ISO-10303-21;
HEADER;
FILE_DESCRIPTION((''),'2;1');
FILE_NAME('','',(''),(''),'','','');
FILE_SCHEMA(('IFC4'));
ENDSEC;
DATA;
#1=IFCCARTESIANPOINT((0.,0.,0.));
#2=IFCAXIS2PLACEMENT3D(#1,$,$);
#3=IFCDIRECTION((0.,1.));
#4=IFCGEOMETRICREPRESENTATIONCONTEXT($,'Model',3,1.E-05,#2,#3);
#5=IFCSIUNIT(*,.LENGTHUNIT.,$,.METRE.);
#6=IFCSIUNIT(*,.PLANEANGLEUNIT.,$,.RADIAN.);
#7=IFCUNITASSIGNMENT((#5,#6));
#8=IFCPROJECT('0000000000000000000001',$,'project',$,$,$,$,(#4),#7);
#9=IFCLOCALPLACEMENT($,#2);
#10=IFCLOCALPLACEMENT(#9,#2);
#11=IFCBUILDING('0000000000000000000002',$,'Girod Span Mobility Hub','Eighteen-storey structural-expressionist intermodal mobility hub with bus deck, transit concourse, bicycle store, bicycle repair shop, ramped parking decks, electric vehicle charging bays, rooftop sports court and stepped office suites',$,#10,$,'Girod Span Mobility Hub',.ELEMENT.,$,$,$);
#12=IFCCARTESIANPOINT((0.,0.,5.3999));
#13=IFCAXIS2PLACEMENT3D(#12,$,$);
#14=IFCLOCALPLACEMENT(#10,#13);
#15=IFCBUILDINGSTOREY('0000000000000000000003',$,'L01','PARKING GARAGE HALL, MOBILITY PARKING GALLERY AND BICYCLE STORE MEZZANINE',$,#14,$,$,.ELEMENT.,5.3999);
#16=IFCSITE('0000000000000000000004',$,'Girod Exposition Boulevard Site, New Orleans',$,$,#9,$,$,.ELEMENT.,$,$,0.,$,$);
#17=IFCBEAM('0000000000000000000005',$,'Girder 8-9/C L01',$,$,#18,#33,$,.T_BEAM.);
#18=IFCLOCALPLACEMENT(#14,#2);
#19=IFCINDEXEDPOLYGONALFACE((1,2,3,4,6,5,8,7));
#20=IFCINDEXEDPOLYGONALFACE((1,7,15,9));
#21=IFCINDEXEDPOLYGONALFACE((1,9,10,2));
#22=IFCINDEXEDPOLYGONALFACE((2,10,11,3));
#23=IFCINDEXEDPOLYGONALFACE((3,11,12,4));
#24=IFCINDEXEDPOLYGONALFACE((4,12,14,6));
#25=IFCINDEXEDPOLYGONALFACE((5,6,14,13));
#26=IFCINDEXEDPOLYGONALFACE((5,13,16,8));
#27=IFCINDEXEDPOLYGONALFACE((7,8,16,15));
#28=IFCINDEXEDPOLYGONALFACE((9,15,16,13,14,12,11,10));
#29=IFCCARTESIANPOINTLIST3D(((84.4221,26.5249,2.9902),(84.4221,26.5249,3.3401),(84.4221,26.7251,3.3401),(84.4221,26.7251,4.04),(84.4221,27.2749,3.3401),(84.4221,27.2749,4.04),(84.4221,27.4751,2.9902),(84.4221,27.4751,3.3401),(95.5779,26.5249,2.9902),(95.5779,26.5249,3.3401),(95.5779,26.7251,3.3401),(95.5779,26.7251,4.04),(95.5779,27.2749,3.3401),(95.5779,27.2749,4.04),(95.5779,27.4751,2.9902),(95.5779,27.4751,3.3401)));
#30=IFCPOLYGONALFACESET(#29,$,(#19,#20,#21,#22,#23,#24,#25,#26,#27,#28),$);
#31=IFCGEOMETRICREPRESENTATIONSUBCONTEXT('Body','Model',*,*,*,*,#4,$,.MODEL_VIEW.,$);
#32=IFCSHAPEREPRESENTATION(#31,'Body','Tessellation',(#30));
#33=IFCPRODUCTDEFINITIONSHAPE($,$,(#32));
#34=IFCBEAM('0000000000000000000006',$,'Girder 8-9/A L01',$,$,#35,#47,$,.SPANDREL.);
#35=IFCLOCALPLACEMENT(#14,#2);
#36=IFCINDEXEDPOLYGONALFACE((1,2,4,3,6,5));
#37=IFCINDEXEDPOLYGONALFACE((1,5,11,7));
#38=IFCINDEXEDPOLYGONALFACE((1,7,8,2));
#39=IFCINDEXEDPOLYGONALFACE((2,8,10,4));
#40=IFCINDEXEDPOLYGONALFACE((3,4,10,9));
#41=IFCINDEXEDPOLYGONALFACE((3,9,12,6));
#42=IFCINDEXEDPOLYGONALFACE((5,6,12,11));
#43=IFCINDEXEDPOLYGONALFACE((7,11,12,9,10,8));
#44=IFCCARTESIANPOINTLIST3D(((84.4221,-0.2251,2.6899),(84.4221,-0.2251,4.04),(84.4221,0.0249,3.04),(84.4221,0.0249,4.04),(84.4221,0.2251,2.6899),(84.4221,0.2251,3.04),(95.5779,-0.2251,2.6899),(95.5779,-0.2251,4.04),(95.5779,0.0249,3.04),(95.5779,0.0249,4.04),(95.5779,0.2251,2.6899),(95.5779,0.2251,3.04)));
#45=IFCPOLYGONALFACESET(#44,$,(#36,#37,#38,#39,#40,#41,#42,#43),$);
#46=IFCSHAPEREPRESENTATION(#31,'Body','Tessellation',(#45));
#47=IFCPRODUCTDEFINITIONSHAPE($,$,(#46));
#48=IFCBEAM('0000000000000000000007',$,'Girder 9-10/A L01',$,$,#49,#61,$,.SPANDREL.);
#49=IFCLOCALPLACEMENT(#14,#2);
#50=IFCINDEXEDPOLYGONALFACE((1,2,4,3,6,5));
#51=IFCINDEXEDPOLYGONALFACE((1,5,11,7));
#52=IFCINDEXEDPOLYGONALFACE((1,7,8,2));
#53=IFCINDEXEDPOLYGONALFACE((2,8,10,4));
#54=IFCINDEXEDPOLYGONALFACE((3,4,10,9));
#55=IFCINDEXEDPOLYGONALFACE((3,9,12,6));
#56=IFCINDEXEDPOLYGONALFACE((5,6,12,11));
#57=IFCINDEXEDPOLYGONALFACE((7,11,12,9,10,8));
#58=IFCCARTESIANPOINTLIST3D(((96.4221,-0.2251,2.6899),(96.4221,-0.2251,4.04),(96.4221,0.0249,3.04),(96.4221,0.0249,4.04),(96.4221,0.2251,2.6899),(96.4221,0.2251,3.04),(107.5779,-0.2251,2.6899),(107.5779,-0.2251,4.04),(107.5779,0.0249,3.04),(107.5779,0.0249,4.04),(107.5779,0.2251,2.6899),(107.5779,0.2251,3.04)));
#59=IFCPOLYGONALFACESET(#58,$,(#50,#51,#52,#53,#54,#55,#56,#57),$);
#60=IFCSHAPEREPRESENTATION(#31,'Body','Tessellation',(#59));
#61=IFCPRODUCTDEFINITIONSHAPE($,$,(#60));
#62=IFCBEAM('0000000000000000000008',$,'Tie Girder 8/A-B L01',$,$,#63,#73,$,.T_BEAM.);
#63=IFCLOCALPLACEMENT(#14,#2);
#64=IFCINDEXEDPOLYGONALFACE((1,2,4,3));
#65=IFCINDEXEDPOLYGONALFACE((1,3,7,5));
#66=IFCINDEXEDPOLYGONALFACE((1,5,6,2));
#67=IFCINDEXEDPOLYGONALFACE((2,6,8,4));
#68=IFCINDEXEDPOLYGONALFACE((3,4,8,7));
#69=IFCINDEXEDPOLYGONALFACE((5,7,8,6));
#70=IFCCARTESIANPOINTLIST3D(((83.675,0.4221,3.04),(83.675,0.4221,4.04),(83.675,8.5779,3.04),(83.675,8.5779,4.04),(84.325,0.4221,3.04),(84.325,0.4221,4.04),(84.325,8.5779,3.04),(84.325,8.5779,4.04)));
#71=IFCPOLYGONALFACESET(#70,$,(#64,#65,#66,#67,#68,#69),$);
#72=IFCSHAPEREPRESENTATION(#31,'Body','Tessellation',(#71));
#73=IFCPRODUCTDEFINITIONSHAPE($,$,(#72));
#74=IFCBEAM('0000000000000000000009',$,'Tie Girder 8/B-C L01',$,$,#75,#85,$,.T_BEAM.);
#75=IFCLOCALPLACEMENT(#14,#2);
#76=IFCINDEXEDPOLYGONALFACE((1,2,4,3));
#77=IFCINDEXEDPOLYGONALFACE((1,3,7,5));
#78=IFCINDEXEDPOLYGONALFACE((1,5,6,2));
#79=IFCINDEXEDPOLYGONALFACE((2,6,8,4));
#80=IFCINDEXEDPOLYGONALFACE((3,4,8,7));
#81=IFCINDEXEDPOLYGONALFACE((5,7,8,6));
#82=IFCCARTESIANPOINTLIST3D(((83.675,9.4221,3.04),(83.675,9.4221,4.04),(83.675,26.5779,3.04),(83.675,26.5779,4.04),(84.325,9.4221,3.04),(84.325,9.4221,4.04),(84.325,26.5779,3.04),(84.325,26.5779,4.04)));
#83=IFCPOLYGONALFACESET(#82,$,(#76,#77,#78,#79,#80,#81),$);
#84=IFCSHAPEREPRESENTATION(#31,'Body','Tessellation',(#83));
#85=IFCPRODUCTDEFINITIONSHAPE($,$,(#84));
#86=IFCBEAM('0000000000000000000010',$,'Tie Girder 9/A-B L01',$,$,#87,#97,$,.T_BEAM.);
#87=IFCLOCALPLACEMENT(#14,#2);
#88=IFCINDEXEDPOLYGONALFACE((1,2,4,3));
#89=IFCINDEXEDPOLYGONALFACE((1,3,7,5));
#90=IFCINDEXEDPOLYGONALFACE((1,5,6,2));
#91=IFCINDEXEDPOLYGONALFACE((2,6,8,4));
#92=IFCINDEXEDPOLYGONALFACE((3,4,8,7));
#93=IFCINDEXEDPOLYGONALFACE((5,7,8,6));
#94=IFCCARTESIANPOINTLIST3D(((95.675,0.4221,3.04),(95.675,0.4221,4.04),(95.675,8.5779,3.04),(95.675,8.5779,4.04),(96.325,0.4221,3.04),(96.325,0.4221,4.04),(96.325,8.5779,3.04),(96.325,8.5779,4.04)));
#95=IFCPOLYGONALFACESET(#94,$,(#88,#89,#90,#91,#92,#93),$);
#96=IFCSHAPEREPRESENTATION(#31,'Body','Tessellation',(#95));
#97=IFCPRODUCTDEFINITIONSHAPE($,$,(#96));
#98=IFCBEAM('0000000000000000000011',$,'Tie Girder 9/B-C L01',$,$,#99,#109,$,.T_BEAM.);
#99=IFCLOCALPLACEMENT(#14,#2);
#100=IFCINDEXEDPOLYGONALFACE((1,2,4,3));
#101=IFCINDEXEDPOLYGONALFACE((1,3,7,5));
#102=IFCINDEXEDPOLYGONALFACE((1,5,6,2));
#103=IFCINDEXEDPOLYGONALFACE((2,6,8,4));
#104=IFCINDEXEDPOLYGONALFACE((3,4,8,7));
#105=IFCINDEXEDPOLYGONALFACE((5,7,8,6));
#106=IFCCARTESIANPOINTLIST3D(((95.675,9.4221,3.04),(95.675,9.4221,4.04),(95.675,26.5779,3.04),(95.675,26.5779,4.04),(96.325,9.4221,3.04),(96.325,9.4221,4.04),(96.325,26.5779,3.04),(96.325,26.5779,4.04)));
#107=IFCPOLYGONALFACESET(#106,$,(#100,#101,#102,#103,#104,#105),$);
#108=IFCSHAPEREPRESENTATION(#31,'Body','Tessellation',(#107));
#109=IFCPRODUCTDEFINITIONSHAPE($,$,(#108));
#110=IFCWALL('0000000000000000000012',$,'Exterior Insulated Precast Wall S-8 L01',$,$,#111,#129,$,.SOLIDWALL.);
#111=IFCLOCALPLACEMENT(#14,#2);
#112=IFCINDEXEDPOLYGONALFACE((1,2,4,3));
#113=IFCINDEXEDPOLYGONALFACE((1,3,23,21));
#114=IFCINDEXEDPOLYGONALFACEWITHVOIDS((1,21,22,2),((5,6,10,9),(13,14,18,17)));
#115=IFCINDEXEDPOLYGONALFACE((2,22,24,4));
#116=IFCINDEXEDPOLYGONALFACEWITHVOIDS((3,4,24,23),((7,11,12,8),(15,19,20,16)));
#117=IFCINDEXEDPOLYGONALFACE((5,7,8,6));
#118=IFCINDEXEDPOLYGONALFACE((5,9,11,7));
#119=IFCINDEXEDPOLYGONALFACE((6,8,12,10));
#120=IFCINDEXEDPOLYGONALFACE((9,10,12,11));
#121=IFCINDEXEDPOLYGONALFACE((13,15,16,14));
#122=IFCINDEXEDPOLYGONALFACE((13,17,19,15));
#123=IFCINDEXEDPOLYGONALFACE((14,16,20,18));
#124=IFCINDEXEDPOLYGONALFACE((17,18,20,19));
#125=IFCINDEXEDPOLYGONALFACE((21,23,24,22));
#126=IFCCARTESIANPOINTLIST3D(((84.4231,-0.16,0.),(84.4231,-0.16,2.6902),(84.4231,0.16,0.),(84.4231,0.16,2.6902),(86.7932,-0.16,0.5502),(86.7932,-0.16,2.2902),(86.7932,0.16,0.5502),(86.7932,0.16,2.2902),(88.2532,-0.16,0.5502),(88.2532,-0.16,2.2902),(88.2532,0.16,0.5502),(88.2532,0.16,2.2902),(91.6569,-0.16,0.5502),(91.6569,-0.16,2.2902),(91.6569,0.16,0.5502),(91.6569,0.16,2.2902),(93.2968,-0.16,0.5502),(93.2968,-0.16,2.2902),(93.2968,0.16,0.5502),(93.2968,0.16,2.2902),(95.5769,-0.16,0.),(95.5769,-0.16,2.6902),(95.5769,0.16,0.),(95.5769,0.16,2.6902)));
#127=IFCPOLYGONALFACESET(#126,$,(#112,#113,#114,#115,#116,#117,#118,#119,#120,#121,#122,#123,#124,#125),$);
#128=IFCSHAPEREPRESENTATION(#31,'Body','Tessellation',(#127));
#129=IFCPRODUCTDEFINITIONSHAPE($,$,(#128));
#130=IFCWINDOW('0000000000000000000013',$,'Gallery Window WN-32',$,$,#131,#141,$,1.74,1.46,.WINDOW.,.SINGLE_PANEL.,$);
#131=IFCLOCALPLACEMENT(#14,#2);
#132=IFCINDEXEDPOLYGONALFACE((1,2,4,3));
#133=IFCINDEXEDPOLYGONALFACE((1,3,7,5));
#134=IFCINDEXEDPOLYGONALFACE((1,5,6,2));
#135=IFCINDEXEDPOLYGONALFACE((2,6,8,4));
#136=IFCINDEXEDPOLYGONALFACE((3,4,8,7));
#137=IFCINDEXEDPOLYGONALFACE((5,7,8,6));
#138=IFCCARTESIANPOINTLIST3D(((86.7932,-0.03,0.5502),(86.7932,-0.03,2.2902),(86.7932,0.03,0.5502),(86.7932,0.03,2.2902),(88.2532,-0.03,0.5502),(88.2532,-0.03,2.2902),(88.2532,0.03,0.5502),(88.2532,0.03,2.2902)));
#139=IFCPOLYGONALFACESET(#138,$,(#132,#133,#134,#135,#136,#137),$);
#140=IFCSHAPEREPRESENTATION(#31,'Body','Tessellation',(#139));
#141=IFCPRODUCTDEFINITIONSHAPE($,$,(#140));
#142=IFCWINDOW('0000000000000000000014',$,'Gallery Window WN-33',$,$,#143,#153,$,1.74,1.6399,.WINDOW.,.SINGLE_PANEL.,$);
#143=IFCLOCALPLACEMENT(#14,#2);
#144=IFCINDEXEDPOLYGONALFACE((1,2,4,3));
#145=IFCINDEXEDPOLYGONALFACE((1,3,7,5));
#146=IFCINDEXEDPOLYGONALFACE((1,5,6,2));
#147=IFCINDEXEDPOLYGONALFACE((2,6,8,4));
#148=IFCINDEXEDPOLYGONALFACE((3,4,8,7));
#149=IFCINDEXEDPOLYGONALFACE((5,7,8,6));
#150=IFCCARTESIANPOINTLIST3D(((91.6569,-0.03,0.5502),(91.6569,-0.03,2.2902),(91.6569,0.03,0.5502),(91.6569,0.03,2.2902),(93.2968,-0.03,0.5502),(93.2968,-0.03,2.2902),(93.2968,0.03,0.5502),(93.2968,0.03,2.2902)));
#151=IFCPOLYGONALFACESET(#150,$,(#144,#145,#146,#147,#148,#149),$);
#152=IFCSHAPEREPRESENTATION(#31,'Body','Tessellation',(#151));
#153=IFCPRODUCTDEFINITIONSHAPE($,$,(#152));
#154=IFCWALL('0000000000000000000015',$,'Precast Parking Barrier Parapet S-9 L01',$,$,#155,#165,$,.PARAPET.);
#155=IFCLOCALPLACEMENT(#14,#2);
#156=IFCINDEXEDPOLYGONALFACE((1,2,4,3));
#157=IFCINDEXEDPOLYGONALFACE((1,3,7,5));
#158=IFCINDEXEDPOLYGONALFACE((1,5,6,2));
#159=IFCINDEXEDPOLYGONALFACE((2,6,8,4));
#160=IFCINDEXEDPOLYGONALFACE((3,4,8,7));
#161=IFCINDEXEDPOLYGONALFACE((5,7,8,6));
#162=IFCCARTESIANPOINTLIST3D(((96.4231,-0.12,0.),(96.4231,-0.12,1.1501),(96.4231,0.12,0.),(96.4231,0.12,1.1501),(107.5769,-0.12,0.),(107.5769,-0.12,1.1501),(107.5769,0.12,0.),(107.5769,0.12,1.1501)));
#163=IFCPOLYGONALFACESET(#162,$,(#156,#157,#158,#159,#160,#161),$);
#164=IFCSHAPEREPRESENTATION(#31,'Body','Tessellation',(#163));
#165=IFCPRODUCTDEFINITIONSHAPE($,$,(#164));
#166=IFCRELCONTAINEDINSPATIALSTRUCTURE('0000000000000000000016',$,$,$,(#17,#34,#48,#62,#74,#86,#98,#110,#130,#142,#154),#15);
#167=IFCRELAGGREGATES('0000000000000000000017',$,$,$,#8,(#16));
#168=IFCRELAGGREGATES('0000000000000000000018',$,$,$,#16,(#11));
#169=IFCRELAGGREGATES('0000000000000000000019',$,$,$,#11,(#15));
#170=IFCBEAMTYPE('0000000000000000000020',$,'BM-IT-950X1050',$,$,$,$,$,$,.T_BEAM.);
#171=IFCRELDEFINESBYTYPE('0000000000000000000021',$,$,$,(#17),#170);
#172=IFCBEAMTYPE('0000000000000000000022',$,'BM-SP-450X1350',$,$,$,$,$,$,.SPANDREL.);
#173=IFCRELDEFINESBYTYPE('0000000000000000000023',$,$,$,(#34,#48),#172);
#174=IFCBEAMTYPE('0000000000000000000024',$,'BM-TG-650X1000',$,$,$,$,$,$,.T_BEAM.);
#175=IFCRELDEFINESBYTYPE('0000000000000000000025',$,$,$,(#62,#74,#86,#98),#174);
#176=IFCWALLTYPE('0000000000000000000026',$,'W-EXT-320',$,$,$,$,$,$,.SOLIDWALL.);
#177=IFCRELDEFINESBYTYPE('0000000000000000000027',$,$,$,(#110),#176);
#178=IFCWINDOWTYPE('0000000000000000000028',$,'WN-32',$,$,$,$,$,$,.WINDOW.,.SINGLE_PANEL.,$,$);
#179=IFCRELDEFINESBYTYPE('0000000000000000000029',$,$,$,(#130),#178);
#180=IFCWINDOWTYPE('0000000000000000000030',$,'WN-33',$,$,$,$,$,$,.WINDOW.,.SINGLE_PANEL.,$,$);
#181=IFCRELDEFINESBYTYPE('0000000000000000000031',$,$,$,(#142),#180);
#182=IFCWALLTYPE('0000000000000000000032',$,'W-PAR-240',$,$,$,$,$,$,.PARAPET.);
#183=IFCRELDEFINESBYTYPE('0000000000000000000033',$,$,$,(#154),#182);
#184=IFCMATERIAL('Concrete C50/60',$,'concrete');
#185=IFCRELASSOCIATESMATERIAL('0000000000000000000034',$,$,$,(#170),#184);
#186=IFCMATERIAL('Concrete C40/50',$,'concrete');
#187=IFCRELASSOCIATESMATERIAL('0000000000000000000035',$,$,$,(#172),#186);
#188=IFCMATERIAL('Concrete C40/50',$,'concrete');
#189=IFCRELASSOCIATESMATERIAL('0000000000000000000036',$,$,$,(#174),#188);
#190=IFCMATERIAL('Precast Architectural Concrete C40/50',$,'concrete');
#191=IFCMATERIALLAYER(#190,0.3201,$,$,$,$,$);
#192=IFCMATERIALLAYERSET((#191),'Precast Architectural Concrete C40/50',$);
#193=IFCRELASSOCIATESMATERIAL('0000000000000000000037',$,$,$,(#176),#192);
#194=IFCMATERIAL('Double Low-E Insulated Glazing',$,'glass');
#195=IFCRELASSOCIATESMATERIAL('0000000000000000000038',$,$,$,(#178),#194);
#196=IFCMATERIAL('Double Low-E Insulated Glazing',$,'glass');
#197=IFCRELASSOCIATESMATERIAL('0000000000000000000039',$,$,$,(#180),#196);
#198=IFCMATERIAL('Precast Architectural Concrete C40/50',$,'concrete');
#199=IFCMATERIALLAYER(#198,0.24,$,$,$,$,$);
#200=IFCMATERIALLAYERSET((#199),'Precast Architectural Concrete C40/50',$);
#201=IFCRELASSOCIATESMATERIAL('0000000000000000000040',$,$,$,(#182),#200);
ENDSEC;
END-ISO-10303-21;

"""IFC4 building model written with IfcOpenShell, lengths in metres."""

from ifc_helpers import new_model, si_unit, direction, frame, frame_2d, origin, origin_2d, place, context, subcontext, project, spatial, polyline, rectangle, outline, extrude, material, layer, layer_set, material_profile, profile_set, type_object, element, fill, save


model = new_model("IFC4")

# Units and contexts
model_context = context("Model", 3, precision=1e-05, world=origin(), true_north=direction((0.0, 1.0)))
body_context = subcontext(model_context, "Body", "Model", "MODEL_VIEW")
ifc_project = project(units=[si_unit("LENGTHUNIT", "METRE"), si_unit("PLANEANGLEUNIT", "RADIAN")], contexts=[model_context])

# Site, building, storey
site_placement = place(None, origin())
site = spatial("IfcSite", under=ifc_project, at=site_placement, Name="Girod Exposition Boulevard Site, New Orleans", CompositionType="ELEMENT", RefElevation=0.0)
building_placement = place(site_placement, origin())
building = spatial("IfcBuilding", under=site, at=building_placement, Name="Girod Span Mobility Hub", Description="Eighteen-storey structural-expressionist intermodal mobility hub with bus deck, transit concourse, bicycle store, bicycle repair shop, ramped parking decks, electric vehicle charging bays, rooftop sports court and stepped office suites", LongName="Girod Span Mobility Hub", CompositionType="ELEMENT")
storey_placement = place(building_placement, frame((0.0, 0.0, 5.3999)))
storey = spatial("IfcBuildingStorey", under=building, at=storey_placement, Name="L01", Description="PARKING GARAGE HALL, MOBILITY PARKING GALLERY AND BICYCLE STORE MEZZANINE", CompositionType="ELEMENT", Elevation=5.3999)

# Beams
ifc_material_1 = material(Name="Concrete C50/60", Category="concrete")
ifc_material_profile_1 = material_profile(ifc_material_1, outline(polyline([(-0.4751, -0.5249), (0.4751, -0.5249), (0.4751, -0.175), (0.2749, -0.175), (0.2749, 0.5249), (-0.2749, 0.5249), (-0.2749, -0.175), (-0.4751, -0.175), (-0.4751, -0.5249)])), Name="IT-950X1050")
ifc_profile_set_1 = profile_set([ifc_material_profile_1], Name="Concrete C50/60")
beam_type_1 = type_object("IfcBeamType", Name="BM-IT-950X1050", PredefinedType="T_BEAM", material=ifc_profile_set_1)
for number, where, z_axis, x_axis, name in (
    (1, (84.4221, 27.0, 3.5151), (1.0, 0.0, 0.0), (0.0, 1.0, 0.0), "Girder 8-9/C L01"),
):
    element("IfcBeam", number, at=place(storey_placement, frame(where, z_axis=z_axis, x_axis=x_axis)), inside=storey, type_object=beam_type_1, Name=name, PredefinedType="T_BEAM", context=body_context, shape_type="SweptSolid", body=[
        extrude(outline(polyline([(-0.4751, -0.5249), (0.4751, -0.5249), (0.4751, -0.175), (0.2749, -0.175), (0.2749, 0.5249), (-0.2749, 0.5249), (-0.2749, -0.175), (-0.4751, -0.175), (-0.4751, -0.5249)])), origin(), (0.0, 0.0, 1.0), 11.1558),
    ])
ifc_material_2 = material(Name="Concrete C40/50", Category="concrete")
ifc_material_profile_2 = material_profile(ifc_material_2, outline(polyline([(-0.2251, -0.675), (0.2251, -0.675), (0.2251, -0.325), (0.0249, -0.325), (0.0249, 0.675), (-0.2251, 0.675), (-0.2251, -0.675)])), Name="SP-450X1350")
ifc_profile_set_2 = profile_set([ifc_material_profile_2], Name="Concrete C40/50")
beam_type_2 = type_object("IfcBeamType", Name="BM-SP-450X1350", PredefinedType="SPANDREL", material=ifc_profile_set_2)
for number, where, z_axis, x_axis, name in (
    (2, (84.4221, 0.0, 3.365), (1.0, 0.0, 0.0), (0.0, 1.0, 0.0), "Girder 8-9/A L01"),
    (3, (96.4221, 0.0, 3.365), (1.0, 0.0, 0.0), (0.0, 1.0, 0.0), "Girder 9-10/A L01"),
):
    element("IfcBeam", number, at=place(storey_placement, frame(where, z_axis=z_axis, x_axis=x_axis)), inside=storey, type_object=beam_type_2, Name=name, PredefinedType="SPANDREL", context=body_context, shape_type="SweptSolid", body=[
        extrude(outline(polyline([(-0.2251, -0.675), (0.2251, -0.675), (0.2251, -0.325), (0.0249, -0.325), (0.0249, 0.675), (-0.2251, 0.675), (-0.2251, -0.675)])), origin(), (0.0, 0.0, 1.0), 11.1558),
    ])
ifc_material_3 = material(Name="Concrete C40/50", Category="concrete")
ifc_material_profile_3 = material_profile(ifc_material_3, rectangle(XDim=0.6499, YDim=1.0, at=origin_2d()), Name="TG-650X1000")
ifc_profile_set_3 = profile_set([ifc_material_profile_3], Name="Concrete C40/50")
beam_type_3 = type_object("IfcBeamType", Name="BM-TG-650X1000", PredefinedType="T_BEAM", material=ifc_profile_set_3)
beam_1_placement = place(storey_placement, frame((84.0, 0.4221, 3.54), z_axis=(0.0, 1.0, 0.0), x_axis=(-1.0, 0.0, 0.0)))
element("IfcBeam", 4, at=beam_1_placement, inside=storey, type_object=beam_type_3, Name="Tie Girder 8/A-B L01", PredefinedType="T_BEAM", context=body_context, shape_type="SweptSolid", body=[
    extrude(rectangle(XDim=0.6499, YDim=1.0, at=origin_2d()), origin(), (0.0, 0.0, 1.0), 8.1558),
])
beam_2_placement = place(storey_placement, frame((84.0, 9.4221, 3.54), z_axis=(0.0, 1.0, 0.0), x_axis=(-1.0, 0.0, 0.0)))
element("IfcBeam", 5, at=beam_2_placement, inside=storey, type_object=beam_type_3, Name="Tie Girder 8/B-C L01", PredefinedType="T_BEAM", context=body_context, shape_type="SweptSolid", body=[
    extrude(rectangle(XDim=0.6499, YDim=1.0, at=origin_2d()), origin(), (0.0, 0.0, 1.0), 17.1558),
])
beam_3_placement = place(storey_placement, frame((96.0, 0.4221, 3.54), z_axis=(0.0, 1.0, 0.0), x_axis=(-1.0, 0.0, 0.0)))
element("IfcBeam", 6, at=beam_3_placement, inside=storey, type_object=beam_type_3, Name="Tie Girder 9/A-B L01", PredefinedType="T_BEAM", context=body_context, shape_type="SweptSolid", body=[
    extrude(rectangle(XDim=0.6499, YDim=1.0, at=origin_2d()), origin(), (0.0, 0.0, 1.0), 8.1558),
])
beam_4_placement = place(storey_placement, frame((96.0, 9.4221, 3.54), z_axis=(0.0, 1.0, 0.0), x_axis=(-1.0, 0.0, 0.0)))
element("IfcBeam", 7, at=beam_4_placement, inside=storey, type_object=beam_type_3, Name="Tie Girder 9/B-C L01", PredefinedType="T_BEAM", context=body_context, shape_type="SweptSolid", body=[
    extrude(rectangle(XDim=0.6499, YDim=1.0, at=origin_2d()), origin(), (0.0, 0.0, 1.0), 17.1558),
])

# Wall, openings, windows
ifc_material_4 = material(Name="Precast Architectural Concrete C40/50", Category="concrete")
ifc_layer_1 = layer(ifc_material_4, 0.3201)
ifc_layer_set_1 = layer_set([ifc_layer_1], Name="Precast Architectural Concrete C40/50")
wall_type_1 = type_object("IfcWallType", Name="W-EXT-320", PredefinedType="SOLIDWALL", material=ifc_layer_set_1)
wall_1_placement = place(storey_placement, frame((84.4231, 0.0, 0.0), z_axis=(0.0, 0.0, 1.0), x_axis=(1.0, 0.0, 0.0)))
wall_1 = element("IfcWall", 8, at=wall_1_placement, inside=storey, type_object=wall_type_1, Name="Exterior Insulated Precast Wall S-8 L01", PredefinedType="SOLIDWALL", context=body_context, shape_type="SweptSolid", body=[
    extrude(rectangle(XDim=11.1538, YDim=0.3201, at=frame_2d((5.5769, 0.0))), origin(), (0.0, 0.0, 1.0), 2.6902),
])
opening_1_placement = place(wall_1_placement, frame((2.3701, 0.0, 0.55)))
opening_1 = element("IfcOpeningElement", 9, at=opening_1_placement, cuts=wall_1, PredefinedType="OPENING", context=body_context, shape_type="SweptSolid", body=[
    extrude(rectangle(XDim=1.46, YDim=1.74, at=frame_2d((0.73, 0.8701))), frame((0.0, 0.175, 0.0), z_axis=(0.0, -1.0, 0.0), x_axis=(1.0, 0.0, 0.0)), (0.0, 0.0, 1.0), 0.3501),
])
opening_2_placement = place(wall_1_placement, frame((7.2339, 0.0, 0.55)))
opening_2 = element("IfcOpeningElement", 10, at=opening_2_placement, cuts=wall_1, PredefinedType="OPENING", context=body_context, shape_type="SweptSolid", body=[
    extrude(rectangle(XDim=1.6399, YDim=1.74, at=frame_2d((0.8198, 0.8701))), frame((0.0, 0.175, 0.0), z_axis=(0.0, -1.0, 0.0), x_axis=(1.0, 0.0, 0.0)), (0.0, 0.0, 1.0), 0.3501),
])
ifc_material_5 = material(Name="Double Low-E Insulated Glazing", Category="glass")
window_type_1 = type_object("IfcWindowType", Name="WN-32", PartitioningType="SINGLE_PANEL", PredefinedType="WINDOW", material=ifc_material_5)
window_1_placement = place(opening_1_placement, origin())
window_1 = element("IfcWindow", 11, at=window_1_placement, inside=storey, type_object=window_type_1, Name="Gallery Window WN-32", OverallHeight=1.74, OverallWidth=1.46, PartitioningType="SINGLE_PANEL", PredefinedType="WINDOW", context=body_context, shape_type="SweptSolid", body=[
    extrude(rectangle(XDim=1.46, YDim=1.74, at=frame_2d((0.73, 0.8701))), frame((0.0, 0.03, 0.0), z_axis=(0.0, -1.0, 0.0), x_axis=(1.0, 0.0, 0.0)), (0.0, 0.0, 1.0), 0.0601),
])
fill(opening_1, window_1)
ifc_material_6 = material(Name="Double Low-E Insulated Glazing", Category="glass")
window_type_2 = type_object("IfcWindowType", Name="WN-33", PartitioningType="SINGLE_PANEL", PredefinedType="WINDOW", material=ifc_material_6)
window_2_placement = place(opening_2_placement, origin())
window_2 = element("IfcWindow", 12, at=window_2_placement, inside=storey, type_object=window_type_2, Name="Gallery Window WN-33", OverallHeight=1.74, OverallWidth=1.6399, PartitioningType="SINGLE_PANEL", PredefinedType="WINDOW", context=body_context, shape_type="SweptSolid", body=[
    extrude(rectangle(XDim=1.6399, YDim=1.74, at=frame_2d((0.8198, 0.8701))), frame((0.0, 0.03, 0.0), z_axis=(0.0, -1.0, 0.0), x_axis=(1.0, 0.0, 0.0)), (0.0, 0.0, 1.0), 0.0601),
])
fill(opening_2, window_2)

# Wall
ifc_material_7 = material(Name="Precast Architectural Concrete C40/50", Category="concrete")
ifc_layer_2 = layer(ifc_material_7, 0.24)
ifc_layer_set_2 = layer_set([ifc_layer_2], Name="Precast Architectural Concrete C40/50")
wall_type_2 = type_object("IfcWallType", Name="W-PAR-240", PredefinedType="PARAPET", material=ifc_layer_set_2)
wall_2_placement = place(storey_placement, frame((96.4231, 0.0, 0.0), z_axis=(0.0, 0.0, 1.0), x_axis=(1.0, 0.0, 0.0)))
element("IfcWall", 13, at=wall_2_placement, inside=storey, type_object=wall_type_2, Name="Precast Parking Barrier Parapet S-9 L01", PredefinedType="PARAPET", context=body_context, shape_type="SweptSolid", body=[
    extrude(rectangle(XDim=11.1538, YDim=0.24, at=frame_2d((5.5769, 0.0))), origin(), (0.0, 0.0, 1.0), 1.1501),
])

save(model, "model.ifc")
